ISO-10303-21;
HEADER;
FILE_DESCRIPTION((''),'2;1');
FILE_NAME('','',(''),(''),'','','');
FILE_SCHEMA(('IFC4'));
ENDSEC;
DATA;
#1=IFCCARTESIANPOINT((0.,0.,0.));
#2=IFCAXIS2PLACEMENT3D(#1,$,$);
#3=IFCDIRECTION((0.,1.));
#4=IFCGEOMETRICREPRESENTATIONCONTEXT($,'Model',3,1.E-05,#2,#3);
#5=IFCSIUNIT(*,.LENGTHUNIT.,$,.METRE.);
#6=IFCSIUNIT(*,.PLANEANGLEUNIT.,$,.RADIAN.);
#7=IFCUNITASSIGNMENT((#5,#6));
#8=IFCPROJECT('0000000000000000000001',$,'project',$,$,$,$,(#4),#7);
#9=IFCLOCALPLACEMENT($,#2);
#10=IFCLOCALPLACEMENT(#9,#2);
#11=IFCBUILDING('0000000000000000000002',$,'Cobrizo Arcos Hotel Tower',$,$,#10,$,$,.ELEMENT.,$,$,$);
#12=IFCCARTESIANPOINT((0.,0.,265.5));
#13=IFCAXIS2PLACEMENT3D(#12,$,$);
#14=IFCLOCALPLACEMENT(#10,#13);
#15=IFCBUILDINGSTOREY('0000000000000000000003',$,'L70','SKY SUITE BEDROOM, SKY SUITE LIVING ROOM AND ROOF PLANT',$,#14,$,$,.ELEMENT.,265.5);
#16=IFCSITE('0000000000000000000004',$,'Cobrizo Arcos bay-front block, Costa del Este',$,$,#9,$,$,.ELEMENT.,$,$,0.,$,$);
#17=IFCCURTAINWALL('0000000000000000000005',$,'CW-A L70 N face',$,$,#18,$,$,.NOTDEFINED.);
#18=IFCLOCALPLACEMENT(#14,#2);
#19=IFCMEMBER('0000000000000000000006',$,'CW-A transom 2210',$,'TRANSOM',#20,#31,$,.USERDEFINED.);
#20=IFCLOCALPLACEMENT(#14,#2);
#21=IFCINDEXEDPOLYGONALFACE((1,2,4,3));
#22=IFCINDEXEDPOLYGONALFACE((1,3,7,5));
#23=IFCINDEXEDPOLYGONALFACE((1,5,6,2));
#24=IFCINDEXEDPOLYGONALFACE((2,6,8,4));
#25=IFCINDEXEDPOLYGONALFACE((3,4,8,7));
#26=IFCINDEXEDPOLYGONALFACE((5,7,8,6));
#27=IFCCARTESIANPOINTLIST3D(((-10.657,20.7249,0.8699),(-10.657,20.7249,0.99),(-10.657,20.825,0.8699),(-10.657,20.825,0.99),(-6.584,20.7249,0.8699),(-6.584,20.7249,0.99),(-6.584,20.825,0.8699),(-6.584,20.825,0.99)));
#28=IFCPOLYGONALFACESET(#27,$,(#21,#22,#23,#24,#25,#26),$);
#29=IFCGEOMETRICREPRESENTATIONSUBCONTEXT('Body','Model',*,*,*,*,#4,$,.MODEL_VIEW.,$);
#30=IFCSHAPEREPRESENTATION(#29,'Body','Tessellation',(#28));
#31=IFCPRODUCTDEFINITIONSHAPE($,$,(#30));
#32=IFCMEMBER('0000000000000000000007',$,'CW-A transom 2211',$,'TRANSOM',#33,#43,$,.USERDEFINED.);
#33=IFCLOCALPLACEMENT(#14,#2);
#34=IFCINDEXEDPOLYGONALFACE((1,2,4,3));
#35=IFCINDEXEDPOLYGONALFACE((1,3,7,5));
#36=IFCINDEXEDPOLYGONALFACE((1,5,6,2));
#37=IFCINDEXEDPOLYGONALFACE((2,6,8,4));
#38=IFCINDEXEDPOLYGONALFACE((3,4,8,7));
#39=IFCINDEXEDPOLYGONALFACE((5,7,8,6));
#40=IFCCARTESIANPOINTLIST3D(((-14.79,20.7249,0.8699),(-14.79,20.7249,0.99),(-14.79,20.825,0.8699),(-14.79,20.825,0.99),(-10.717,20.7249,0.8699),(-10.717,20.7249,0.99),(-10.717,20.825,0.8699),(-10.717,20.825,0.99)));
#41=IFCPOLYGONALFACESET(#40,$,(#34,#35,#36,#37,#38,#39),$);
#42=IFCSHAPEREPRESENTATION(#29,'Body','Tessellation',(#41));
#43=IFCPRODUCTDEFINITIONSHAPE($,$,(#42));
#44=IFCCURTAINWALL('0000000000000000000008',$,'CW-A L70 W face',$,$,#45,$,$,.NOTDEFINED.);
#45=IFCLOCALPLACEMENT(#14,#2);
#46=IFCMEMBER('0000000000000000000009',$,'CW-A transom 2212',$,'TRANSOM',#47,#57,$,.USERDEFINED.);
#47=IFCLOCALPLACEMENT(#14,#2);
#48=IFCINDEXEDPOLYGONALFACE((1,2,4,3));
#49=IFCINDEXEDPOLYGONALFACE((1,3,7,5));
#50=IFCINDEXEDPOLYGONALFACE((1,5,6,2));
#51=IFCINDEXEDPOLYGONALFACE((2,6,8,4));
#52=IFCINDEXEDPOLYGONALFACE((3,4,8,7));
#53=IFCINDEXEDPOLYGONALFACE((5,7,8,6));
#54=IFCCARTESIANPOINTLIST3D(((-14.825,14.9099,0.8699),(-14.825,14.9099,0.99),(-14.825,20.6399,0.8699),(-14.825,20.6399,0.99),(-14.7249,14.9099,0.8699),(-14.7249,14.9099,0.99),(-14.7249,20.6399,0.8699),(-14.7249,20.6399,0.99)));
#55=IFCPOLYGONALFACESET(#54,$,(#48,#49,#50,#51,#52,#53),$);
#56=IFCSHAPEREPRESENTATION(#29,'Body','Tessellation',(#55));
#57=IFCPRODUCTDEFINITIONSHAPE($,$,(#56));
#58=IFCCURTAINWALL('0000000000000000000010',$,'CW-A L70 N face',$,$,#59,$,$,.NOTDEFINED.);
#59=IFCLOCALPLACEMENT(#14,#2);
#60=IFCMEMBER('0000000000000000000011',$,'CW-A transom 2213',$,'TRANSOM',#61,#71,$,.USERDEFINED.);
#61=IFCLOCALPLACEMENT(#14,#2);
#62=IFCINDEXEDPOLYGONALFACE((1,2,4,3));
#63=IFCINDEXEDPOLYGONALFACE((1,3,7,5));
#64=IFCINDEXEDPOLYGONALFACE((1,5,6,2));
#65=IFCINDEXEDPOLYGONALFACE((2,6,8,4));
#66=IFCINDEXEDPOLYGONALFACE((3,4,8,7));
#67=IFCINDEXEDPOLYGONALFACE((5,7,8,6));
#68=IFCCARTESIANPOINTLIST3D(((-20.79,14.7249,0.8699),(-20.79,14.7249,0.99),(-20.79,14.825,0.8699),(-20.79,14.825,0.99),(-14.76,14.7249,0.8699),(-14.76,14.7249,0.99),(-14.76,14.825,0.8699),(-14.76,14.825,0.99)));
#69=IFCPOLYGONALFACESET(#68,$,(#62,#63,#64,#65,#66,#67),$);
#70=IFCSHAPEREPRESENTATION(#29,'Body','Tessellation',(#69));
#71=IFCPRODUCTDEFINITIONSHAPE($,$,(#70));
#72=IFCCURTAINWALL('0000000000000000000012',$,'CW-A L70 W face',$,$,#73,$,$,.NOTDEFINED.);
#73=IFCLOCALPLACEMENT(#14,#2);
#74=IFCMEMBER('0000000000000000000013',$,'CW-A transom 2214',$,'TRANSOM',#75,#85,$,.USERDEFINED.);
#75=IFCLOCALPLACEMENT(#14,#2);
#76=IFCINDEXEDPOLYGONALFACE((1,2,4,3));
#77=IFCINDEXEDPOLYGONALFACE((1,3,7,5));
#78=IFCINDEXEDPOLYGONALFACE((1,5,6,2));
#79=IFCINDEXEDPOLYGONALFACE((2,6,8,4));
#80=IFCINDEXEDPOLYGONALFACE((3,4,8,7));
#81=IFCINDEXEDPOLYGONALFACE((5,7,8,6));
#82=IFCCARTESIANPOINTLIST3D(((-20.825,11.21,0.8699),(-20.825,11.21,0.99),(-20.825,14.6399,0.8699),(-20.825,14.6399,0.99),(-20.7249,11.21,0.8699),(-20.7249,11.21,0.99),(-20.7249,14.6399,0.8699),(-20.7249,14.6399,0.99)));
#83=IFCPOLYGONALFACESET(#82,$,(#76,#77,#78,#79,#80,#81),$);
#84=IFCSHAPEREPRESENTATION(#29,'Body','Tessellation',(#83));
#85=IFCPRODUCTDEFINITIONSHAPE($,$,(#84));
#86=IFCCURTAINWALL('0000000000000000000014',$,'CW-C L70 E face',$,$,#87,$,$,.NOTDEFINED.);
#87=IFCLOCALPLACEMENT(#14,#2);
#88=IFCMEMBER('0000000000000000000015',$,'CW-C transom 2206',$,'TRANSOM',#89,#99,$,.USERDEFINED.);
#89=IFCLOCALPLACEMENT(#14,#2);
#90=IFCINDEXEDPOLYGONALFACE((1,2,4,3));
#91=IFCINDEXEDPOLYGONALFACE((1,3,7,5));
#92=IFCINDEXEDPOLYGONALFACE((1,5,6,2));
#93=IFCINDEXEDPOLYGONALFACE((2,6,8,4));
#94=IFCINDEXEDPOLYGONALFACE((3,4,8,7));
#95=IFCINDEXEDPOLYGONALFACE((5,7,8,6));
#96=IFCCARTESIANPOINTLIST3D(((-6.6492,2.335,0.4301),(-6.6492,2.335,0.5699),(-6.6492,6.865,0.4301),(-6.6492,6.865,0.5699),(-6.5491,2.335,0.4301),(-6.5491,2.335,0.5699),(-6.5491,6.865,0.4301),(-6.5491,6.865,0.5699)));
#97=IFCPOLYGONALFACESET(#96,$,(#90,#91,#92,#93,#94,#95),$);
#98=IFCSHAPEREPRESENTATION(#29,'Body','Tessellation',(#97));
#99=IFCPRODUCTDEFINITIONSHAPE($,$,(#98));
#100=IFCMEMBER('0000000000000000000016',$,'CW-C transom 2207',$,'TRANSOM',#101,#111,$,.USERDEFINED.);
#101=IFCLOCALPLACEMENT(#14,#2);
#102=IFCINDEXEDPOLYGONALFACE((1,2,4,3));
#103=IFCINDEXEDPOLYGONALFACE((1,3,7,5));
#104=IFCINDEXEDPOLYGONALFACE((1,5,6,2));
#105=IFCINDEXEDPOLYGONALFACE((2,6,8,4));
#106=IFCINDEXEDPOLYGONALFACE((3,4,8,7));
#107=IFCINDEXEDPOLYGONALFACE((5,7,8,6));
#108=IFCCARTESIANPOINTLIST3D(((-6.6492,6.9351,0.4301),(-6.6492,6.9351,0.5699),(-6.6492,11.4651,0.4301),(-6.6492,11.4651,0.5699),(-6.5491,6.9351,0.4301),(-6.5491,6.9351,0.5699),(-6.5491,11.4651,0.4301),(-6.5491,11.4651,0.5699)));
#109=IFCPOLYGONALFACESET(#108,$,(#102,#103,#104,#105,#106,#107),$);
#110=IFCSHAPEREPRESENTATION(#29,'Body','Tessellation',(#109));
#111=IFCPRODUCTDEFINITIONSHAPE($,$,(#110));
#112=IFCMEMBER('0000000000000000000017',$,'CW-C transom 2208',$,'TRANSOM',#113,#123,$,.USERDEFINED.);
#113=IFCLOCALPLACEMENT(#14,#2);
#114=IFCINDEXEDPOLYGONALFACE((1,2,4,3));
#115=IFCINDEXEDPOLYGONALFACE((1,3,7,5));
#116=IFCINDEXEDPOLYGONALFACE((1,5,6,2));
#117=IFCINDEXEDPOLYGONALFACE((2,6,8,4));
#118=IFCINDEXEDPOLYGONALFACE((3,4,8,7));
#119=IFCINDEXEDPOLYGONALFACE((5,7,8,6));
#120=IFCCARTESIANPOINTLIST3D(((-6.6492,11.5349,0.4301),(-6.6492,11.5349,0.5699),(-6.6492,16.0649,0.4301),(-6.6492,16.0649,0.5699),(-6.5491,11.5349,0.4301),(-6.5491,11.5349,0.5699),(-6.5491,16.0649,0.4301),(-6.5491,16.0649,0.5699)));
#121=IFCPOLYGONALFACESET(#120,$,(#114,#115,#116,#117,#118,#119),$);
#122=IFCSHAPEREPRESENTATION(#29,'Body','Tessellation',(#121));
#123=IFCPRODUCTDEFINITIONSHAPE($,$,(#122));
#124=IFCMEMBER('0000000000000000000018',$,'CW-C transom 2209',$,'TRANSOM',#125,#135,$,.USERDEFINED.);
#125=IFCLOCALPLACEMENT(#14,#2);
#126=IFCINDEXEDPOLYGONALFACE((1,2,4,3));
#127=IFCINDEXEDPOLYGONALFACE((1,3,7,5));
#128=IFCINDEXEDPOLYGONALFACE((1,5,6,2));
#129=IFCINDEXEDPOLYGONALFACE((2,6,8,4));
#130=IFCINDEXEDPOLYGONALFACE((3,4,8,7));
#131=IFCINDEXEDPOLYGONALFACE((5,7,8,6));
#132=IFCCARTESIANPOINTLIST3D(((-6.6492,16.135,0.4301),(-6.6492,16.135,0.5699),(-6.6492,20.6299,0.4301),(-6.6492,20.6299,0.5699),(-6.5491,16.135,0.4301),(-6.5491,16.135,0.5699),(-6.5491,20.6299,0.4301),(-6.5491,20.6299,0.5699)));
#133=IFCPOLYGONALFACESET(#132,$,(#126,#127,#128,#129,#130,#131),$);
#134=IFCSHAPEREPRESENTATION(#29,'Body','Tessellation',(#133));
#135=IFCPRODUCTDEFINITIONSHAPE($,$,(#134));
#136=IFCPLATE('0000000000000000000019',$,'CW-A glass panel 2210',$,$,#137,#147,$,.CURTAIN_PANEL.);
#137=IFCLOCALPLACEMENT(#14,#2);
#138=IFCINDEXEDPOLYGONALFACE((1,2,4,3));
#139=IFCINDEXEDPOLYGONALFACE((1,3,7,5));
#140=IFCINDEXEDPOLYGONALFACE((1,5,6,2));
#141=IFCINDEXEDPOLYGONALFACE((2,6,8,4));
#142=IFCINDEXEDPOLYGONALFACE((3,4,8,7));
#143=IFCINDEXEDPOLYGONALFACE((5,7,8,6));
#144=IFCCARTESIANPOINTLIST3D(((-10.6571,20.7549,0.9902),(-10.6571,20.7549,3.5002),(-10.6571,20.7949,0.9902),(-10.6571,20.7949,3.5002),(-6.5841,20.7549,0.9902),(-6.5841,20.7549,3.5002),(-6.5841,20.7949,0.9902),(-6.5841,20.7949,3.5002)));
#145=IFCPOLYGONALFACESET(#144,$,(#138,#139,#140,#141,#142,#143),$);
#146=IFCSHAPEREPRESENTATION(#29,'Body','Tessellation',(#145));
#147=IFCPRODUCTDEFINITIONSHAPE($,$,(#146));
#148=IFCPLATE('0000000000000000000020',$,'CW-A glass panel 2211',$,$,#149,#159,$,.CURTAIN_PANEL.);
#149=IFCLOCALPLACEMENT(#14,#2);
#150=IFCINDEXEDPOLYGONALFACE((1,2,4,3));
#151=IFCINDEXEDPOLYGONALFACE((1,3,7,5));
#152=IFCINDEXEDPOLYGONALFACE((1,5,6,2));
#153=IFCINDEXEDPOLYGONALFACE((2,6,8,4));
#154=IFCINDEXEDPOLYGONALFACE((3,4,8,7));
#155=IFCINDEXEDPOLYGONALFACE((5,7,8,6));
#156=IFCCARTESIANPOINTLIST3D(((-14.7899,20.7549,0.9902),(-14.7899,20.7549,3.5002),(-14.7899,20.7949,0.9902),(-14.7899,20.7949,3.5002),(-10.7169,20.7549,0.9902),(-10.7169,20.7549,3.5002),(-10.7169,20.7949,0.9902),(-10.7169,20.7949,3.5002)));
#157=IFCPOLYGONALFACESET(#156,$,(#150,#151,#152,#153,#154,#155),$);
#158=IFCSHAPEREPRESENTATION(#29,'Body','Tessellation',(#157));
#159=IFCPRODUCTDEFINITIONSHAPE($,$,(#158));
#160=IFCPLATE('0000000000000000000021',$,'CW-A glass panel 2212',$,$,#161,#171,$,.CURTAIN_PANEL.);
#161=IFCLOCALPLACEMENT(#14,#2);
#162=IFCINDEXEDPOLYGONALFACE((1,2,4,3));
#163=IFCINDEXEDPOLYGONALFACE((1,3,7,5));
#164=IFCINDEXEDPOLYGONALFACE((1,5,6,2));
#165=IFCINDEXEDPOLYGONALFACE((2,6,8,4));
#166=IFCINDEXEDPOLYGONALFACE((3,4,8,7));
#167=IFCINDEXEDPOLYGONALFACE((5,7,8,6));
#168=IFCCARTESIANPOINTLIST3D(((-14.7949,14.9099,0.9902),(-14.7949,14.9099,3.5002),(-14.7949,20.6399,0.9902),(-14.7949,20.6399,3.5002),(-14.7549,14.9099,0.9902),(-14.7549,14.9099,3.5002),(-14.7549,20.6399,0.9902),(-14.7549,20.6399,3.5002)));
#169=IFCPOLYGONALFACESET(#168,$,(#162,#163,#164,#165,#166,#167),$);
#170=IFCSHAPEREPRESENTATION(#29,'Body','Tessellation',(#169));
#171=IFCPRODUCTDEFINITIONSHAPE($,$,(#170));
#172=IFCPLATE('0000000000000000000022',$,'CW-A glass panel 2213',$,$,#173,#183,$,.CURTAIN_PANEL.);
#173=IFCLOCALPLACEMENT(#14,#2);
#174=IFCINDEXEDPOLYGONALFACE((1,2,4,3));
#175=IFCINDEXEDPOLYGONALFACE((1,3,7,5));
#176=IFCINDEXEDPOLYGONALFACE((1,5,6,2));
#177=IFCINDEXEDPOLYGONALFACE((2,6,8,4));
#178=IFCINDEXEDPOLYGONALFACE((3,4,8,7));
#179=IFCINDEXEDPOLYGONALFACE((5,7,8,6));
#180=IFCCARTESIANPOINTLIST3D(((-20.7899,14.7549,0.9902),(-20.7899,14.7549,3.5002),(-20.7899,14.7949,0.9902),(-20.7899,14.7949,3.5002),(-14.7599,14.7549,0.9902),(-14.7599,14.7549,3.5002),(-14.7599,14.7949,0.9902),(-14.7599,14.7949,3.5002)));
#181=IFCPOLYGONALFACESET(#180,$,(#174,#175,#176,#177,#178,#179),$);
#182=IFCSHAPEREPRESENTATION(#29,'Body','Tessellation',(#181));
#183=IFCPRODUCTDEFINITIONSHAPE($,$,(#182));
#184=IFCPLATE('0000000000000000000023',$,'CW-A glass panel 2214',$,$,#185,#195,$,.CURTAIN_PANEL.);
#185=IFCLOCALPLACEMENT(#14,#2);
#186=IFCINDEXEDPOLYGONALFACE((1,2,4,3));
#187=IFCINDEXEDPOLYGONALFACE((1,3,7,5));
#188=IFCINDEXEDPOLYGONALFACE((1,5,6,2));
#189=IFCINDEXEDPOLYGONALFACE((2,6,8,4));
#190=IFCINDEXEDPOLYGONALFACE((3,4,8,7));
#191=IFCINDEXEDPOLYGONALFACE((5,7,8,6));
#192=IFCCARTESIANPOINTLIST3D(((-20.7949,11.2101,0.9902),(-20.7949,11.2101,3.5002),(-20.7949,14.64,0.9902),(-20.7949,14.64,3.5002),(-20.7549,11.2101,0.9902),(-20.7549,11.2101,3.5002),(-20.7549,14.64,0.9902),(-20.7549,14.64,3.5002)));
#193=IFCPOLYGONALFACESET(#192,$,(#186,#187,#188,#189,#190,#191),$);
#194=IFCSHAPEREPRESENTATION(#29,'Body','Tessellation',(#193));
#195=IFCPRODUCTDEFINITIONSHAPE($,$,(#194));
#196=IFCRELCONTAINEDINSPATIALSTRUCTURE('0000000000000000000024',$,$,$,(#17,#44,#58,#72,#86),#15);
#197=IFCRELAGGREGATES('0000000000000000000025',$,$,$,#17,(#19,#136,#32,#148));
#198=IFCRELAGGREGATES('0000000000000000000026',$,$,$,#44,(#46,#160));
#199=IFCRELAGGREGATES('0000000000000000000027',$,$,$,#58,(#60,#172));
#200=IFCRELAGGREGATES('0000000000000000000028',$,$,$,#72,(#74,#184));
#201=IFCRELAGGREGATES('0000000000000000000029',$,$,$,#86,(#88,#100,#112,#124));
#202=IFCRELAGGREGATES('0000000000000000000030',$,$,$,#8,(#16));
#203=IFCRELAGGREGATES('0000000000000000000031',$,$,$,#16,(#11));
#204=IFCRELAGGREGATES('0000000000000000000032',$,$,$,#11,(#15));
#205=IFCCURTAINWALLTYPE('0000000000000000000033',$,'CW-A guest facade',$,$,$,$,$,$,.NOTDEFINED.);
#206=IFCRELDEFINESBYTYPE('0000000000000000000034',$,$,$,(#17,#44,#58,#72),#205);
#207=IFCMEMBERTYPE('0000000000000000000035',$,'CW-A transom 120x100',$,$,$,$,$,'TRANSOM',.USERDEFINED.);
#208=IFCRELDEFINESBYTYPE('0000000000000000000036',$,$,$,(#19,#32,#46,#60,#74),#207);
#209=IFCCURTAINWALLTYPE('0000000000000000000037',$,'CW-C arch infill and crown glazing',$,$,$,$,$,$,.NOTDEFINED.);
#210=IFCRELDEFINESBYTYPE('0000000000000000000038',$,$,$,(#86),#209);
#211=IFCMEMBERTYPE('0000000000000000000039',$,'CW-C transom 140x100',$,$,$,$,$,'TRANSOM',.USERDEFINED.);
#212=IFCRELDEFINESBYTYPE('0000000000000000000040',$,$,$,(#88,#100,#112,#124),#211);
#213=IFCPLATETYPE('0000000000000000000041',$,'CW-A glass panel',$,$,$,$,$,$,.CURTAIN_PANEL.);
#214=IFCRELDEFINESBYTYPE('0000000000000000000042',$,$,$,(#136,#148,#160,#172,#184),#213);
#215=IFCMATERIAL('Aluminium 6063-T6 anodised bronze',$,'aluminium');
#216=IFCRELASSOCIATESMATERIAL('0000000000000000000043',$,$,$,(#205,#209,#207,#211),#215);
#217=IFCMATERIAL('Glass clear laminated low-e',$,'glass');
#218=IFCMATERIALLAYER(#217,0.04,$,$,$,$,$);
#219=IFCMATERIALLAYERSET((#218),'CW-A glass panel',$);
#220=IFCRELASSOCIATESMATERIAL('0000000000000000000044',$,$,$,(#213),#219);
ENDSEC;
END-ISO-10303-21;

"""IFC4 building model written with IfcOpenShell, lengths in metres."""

from ifc_helpers import new_model, si_unit, direction, frame, origin, origin_2d, place, context, subcontext, project, spatial, rectangle, extrude, material, layer, layer_set, material_profile, profile_set, type_object, element, aggregate, save


model = new_model("IFC4")

# Units and contexts
model_context = context("Model", 3, precision=1e-05, world=origin(), true_north=direction((0.0, 1.0)))
body_context = subcontext(model_context, "Body", "Model", "MODEL_VIEW")
ifc_project = project(units=[si_unit("LENGTHUNIT", "METRE"), si_unit("PLANEANGLEUNIT", "RADIAN")], contexts=[model_context])

# Site, building, storey
site_placement = place(None, origin())
site = spatial("IfcSite", under=ifc_project, at=site_placement, Name="Cobrizo Arcos bay-front block, Costa del Este", CompositionType="ELEMENT", RefElevation=0.0)
building_placement = place(site_placement, origin())
building = spatial("IfcBuilding", under=site, at=building_placement, Name="Cobrizo Arcos Hotel Tower", CompositionType="ELEMENT")
storey_placement = place(building_placement, frame((0.0, 0.0, 265.5)))
storey = spatial("IfcBuildingStorey", under=building, at=storey_placement, Name="L70", Description="SKY SUITE BEDROOM, SKY SUITE LIVING ROOM AND ROOF PLANT", CompositionType="ELEMENT", Elevation=265.5)

# Curtain wall, members
ifc_material_1 = material(Name="Aluminium 6063-T6 anodised bronze", Category="aluminium")
curtain_wall_type_1 = type_object("IfcCurtainWallType", Name="CW-A guest facade", PredefinedType="NOTDEFINED", material=ifc_material_1)
curtain_wall_1_placement = place(storey_placement, origin())
curtain_wall_1 = element("IfcCurtainWall", 1, at=curtain_wall_1_placement, inside=storey, type_object=curtain_wall_type_1, Name="CW-A L70 N face", PredefinedType="NOTDEFINED")
ifc_material_profile_1 = material_profile(ifc_material_1, rectangle(XDim=0.1001, YDim=0.1201, at=origin_2d()), Name="CW-A transom 120x100")
ifc_profile_set_1 = profile_set([ifc_material_profile_1], Name="Aluminium 6063-T6 anodised bronze")
member_type_1 = type_object("IfcMemberType", Name="CW-A transom 120x100", ElementType="TRANSOM", PredefinedType="USERDEFINED", material=ifc_profile_set_1)
member_1_placement = place(storey_placement, frame((-6.584, 20.7749, 0.9299), z_axis=(-1.0, 0.0, 0.0), x_axis=(0.0, -1.0, 0.0)))
member_1 = element("IfcMember", 2, at=member_1_placement, type_object=member_type_1, Name="CW-A transom 2210", ObjectType="TRANSOM", PredefinedType="USERDEFINED", context=body_context, shape_type="SweptSolid", body=[
    extrude(rectangle(XDim=0.1001, YDim=0.1201, at=origin_2d()), origin(), (0.0, 0.0, 1.0), 4.073),
])
member_2_placement = place(storey_placement, frame((-10.717, 20.7749, 0.9299), z_axis=(-1.0, 0.0, 0.0), x_axis=(0.0, -1.0, 0.0)))
member_2 = element("IfcMember", 3, at=member_2_placement, type_object=member_type_1, Name="CW-A transom 2211", ObjectType="TRANSOM", PredefinedType="USERDEFINED", context=body_context, shape_type="SweptSolid", body=[
    extrude(rectangle(XDim=0.1001, YDim=0.1201, at=origin_2d()), origin(), (0.0, 0.0, 1.0), 4.073),
])

# Curtain walls, members
curtain_wall_2_placement = place(storey_placement, origin())
curtain_wall_2 = element("IfcCurtainWall", 4, at=curtain_wall_2_placement, inside=storey, type_object=curtain_wall_type_1, Name="CW-A L70 W face", PredefinedType="NOTDEFINED")
member_3_placement = place(storey_placement, frame((-14.7749, 20.6399, 0.9299), z_axis=(0.0, -1.0, 0.0), x_axis=(1.0, 0.0, 0.0)))
member_3 = element("IfcMember", 5, at=member_3_placement, type_object=member_type_1, Name="CW-A transom 2212", ObjectType="TRANSOM", PredefinedType="USERDEFINED", context=body_context, shape_type="SweptSolid", body=[
    extrude(rectangle(XDim=0.1001, YDim=0.1201, at=origin_2d()), origin(), (0.0, 0.0, 1.0), 5.73),
])
curtain_wall_3_placement = place(storey_placement, origin())
curtain_wall_3 = element("IfcCurtainWall", 6, at=curtain_wall_3_placement, inside=storey, type_object=curtain_wall_type_1, Name="CW-A L70 N face", PredefinedType="NOTDEFINED")
member_4_placement = place(storey_placement, frame((-14.76, 14.7749, 0.9299), z_axis=(-1.0, 0.0, 0.0), x_axis=(0.0, -1.0, 0.0)))
member_4 = element("IfcMember", 7, at=member_4_placement, type_object=member_type_1, Name="CW-A transom 2213", ObjectType="TRANSOM", PredefinedType="USERDEFINED", context=body_context, shape_type="SweptSolid", body=[
    extrude(rectangle(XDim=0.1001, YDim=0.1201, at=origin_2d()), origin(), (0.0, 0.0, 1.0), 6.03),
])
curtain_wall_4_placement = place(storey_placement, origin())
curtain_wall_4 = element("IfcCurtainWall", 8, at=curtain_wall_4_placement, inside=storey, type_object=curtain_wall_type_1, Name="CW-A L70 W face", PredefinedType="NOTDEFINED")
member_5_placement = place(storey_placement, frame((-20.7749, 14.6399, 0.9299), z_axis=(0.0, -1.0, 0.0), x_axis=(1.0, 0.0, 0.0)))
member_5 = element("IfcMember", 9, at=member_5_placement, type_object=member_type_1, Name="CW-A transom 2214", ObjectType="TRANSOM", PredefinedType="USERDEFINED", context=body_context, shape_type="SweptSolid", body=[
    extrude(rectangle(XDim=0.1001, YDim=0.1201, at=origin_2d()), origin(), (0.0, 0.0, 1.0), 3.4299),
])

# Curtain wall, members
curtain_wall_type_2 = type_object("IfcCurtainWallType", Name="CW-C arch infill and crown glazing", PredefinedType="NOTDEFINED", material=ifc_material_1)
curtain_wall_5_placement = place(storey_placement, origin())
curtain_wall_5 = element("IfcCurtainWall", 10, at=curtain_wall_5_placement, inside=storey, type_object=curtain_wall_type_2, Name="CW-C L70 E face", PredefinedType="NOTDEFINED")
ifc_material_profile_2 = material_profile(ifc_material_1, rectangle(XDim=0.1001, YDim=0.1399, at=origin_2d()), Name="CW-C transom 140x100")
ifc_profile_set_2 = profile_set([ifc_material_profile_2], Name="Aluminium 6063-T6 anodised bronze")
member_type_2 = type_object("IfcMemberType", Name="CW-C transom 140x100", ElementType="TRANSOM", PredefinedType="USERDEFINED", material=ifc_profile_set_2)
member_6_placement = place(storey_placement, frame((-6.5991, 2.335, 0.5), z_axis=(0.0, 1.0, 0.0), x_axis=(-1.0, 0.0, 0.0)))
member_6 = element("IfcMember", 11, at=member_6_placement, type_object=member_type_2, Name="CW-C transom 2206", ObjectType="TRANSOM", PredefinedType="USERDEFINED", context=body_context, shape_type="SweptSolid", body=[
    extrude(rectangle(XDim=0.1001, YDim=0.1399, at=origin_2d()), origin(), (0.0, 0.0, 1.0), 4.53),
])
member_7_placement = place(storey_placement, frame((-6.5991, 6.9351, 0.5), z_axis=(0.0, 1.0, 0.0), x_axis=(-1.0, 0.0, 0.0)))
member_7 = element("IfcMember", 12, at=member_7_placement, type_object=member_type_2, Name="CW-C transom 2207", ObjectType="TRANSOM", PredefinedType="USERDEFINED", context=body_context, shape_type="SweptSolid", body=[
    extrude(rectangle(XDim=0.1001, YDim=0.1399, at=origin_2d()), origin(), (0.0, 0.0, 1.0), 4.53),
])
member_8_placement = place(storey_placement, frame((-6.5991, 11.5349, 0.5), z_axis=(0.0, 1.0, 0.0), x_axis=(-1.0, 0.0, 0.0)))
member_8 = element("IfcMember", 13, at=member_8_placement, type_object=member_type_2, Name="CW-C transom 2208", ObjectType="TRANSOM", PredefinedType="USERDEFINED", context=body_context, shape_type="SweptSolid", body=[
    extrude(rectangle(XDim=0.1001, YDim=0.1399, at=origin_2d()), origin(), (0.0, 0.0, 1.0), 4.53),
])
member_9_placement = place(storey_placement, frame((-6.5991, 16.135, 0.5), z_axis=(0.0, 1.0, 0.0), x_axis=(-1.0, 0.0, 0.0)))
member_9 = element("IfcMember", 14, at=member_9_placement, type_object=member_type_2, Name="CW-C transom 2209", ObjectType="TRANSOM", PredefinedType="USERDEFINED", context=body_context, shape_type="SweptSolid", body=[
    extrude(rectangle(XDim=0.1001, YDim=0.1399, at=origin_2d()), origin(), (0.0, 0.0, 1.0), 4.4949),
])

# Plates
ifc_material_2 = material(Name="Glass clear laminated low-e", Category="glass")
ifc_layer_1 = layer(ifc_material_2, 0.04)
ifc_layer_set_1 = layer_set([ifc_layer_1], Name="CW-A glass panel")
plate_type_1 = type_object("IfcPlateType", Name="CW-A glass panel", PredefinedType="CURTAIN_PANEL", material=ifc_layer_set_1)
plate_1_placement = place(storey_placement, frame((-8.6206, 20.7749, 0.9902), z_axis=(0.0, 0.0, 1.0), x_axis=(-1.0, 0.0, 0.0)))
plate_1 = element("IfcPlate", 15, at=plate_1_placement, type_object=plate_type_1, Name="CW-A glass panel 2210", PredefinedType="CURTAIN_PANEL", context=body_context, shape_type="SweptSolid", body=[
    extrude(rectangle(XDim=4.073, YDim=0.04, at=origin_2d()), origin(), (0.0, 0.0, 1.0), 2.51),
])
plate_2_placement = place(storey_placement, frame((-12.7534, 20.7749, 0.9902), z_axis=(0.0, 0.0, 1.0), x_axis=(-1.0, 0.0, 0.0)))
plate_2 = element("IfcPlate", 16, at=plate_2_placement, type_object=plate_type_1, Name="CW-A glass panel 2211", PredefinedType="CURTAIN_PANEL", context=body_context, shape_type="SweptSolid", body=[
    extrude(rectangle(XDim=4.073, YDim=0.04, at=origin_2d()), origin(), (0.0, 0.0, 1.0), 2.51),
])
aggregate(curtain_wall_1, [member_1, plate_1, member_2, plate_2])
plate_3_placement = place(storey_placement, frame((-14.7749, 17.7749, 0.9902), z_axis=(0.0, 0.0, 1.0), x_axis=(0.0, -1.0, 0.0)))
plate_3 = element("IfcPlate", 17, at=plate_3_placement, type_object=plate_type_1, Name="CW-A glass panel 2212", PredefinedType="CURTAIN_PANEL", context=body_context, shape_type="SweptSolid", body=[
    extrude(rectangle(XDim=5.73, YDim=0.04, at=origin_2d()), origin(), (0.0, 0.0, 1.0), 2.51),
])
aggregate(curtain_wall_2, [member_3, plate_3])
plate_4_placement = place(storey_placement, frame((-17.7749, 14.7749, 0.9902), z_axis=(0.0, 0.0, 1.0), x_axis=(-1.0, 0.0, 0.0)))
plate_4 = element("IfcPlate", 18, at=plate_4_placement, type_object=plate_type_1, Name="CW-A glass panel 2213", PredefinedType="CURTAIN_PANEL", context=body_context, shape_type="SweptSolid", body=[
    extrude(rectangle(XDim=6.03, YDim=0.04, at=origin_2d()), origin(), (0.0, 0.0, 1.0), 2.51),
])
aggregate(curtain_wall_3, [member_4, plate_4])
plate_5_placement = place(storey_placement, frame((-20.7749, 12.925, 0.9902), z_axis=(0.0, 0.0, 1.0), x_axis=(0.0, -1.0, 0.0)))
plate_5 = element("IfcPlate", 19, at=plate_5_placement, type_object=plate_type_1, Name="CW-A glass panel 2214", PredefinedType="CURTAIN_PANEL", context=body_context, shape_type="SweptSolid", body=[
    extrude(rectangle(XDim=3.4299, YDim=0.04, at=origin_2d()), origin(), (0.0, 0.0, 1.0), 2.51),
])
aggregate(curtain_wall_4, [member_5, plate_5])
aggregate(curtain_wall_5, [member_6, member_7, member_8, member_9])

save(model, "model.ifc")
